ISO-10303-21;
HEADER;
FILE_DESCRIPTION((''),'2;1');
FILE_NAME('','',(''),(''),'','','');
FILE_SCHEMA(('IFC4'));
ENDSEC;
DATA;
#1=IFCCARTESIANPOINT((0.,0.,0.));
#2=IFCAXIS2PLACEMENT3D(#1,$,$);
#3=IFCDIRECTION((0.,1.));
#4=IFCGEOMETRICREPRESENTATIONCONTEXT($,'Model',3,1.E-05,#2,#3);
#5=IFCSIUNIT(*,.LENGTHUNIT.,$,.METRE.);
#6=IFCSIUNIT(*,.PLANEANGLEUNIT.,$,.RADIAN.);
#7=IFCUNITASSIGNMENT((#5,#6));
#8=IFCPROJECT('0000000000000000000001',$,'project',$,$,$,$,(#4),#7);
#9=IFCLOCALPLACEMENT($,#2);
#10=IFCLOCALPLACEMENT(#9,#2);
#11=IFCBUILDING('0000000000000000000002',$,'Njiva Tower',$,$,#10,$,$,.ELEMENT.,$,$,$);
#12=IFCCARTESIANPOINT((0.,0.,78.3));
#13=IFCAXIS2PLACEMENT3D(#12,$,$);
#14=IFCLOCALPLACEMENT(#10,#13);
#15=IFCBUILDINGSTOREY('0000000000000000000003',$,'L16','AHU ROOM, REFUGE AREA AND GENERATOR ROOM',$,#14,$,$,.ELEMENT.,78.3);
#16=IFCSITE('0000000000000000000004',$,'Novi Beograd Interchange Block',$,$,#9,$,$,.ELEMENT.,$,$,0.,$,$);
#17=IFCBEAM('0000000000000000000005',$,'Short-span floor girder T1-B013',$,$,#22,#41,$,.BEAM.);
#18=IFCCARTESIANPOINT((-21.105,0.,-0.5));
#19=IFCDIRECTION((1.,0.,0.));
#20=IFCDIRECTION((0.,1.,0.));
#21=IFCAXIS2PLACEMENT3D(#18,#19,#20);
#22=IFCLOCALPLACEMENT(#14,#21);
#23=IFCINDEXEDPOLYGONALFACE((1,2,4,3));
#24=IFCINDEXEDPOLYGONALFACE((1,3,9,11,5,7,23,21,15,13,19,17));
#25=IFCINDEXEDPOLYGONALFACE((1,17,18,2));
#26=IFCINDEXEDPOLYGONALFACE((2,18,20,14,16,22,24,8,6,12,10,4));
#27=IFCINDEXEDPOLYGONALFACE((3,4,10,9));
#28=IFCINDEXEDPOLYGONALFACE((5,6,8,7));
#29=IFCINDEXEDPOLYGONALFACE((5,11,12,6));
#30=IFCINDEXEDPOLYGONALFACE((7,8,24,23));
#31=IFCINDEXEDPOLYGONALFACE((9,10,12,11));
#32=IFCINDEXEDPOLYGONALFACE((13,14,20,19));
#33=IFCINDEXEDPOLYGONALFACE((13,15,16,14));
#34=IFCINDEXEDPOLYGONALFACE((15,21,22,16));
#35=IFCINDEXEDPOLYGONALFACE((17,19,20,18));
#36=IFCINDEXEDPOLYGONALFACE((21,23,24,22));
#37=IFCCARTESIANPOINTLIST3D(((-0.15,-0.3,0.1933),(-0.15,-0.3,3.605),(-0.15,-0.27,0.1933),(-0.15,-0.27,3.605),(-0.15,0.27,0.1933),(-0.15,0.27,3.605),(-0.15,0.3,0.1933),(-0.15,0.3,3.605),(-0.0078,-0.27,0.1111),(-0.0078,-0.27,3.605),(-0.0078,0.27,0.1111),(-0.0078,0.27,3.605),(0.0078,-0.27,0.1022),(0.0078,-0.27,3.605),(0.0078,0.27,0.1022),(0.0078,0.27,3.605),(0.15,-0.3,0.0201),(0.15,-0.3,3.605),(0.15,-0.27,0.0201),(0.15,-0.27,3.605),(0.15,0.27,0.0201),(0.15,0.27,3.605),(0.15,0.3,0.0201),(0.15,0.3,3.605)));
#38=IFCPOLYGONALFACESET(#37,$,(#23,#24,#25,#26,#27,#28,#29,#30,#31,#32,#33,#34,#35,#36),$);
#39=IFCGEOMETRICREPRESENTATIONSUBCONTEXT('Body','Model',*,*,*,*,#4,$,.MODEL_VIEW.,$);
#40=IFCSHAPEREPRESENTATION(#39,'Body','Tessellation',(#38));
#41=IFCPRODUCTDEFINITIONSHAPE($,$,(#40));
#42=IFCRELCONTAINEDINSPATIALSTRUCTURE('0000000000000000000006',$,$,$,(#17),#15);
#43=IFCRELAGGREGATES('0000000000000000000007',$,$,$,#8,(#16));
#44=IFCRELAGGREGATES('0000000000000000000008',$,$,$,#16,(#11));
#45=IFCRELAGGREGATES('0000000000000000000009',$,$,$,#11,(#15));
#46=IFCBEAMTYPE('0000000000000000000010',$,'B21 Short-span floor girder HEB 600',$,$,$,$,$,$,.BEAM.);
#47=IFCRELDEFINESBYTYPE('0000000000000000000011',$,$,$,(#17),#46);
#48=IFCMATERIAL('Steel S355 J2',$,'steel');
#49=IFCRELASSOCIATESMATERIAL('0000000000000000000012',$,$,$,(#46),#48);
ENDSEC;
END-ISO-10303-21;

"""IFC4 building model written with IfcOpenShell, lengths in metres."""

from ifc_helpers import new_model, si_unit, direction, frame, origin, origin_2d, place, context, subcontext, project, spatial, i_section, extrude, clip, halfspace, material, material_profile, profile_set, type_object, element, save


model = new_model("IFC4")

# Units and contexts
model_context = context("Model", 3, precision=1e-05, world=origin(), true_north=direction((0.0, 1.0)))
body_context = subcontext(model_context, "Body", "Model", "MODEL_VIEW")
ifc_project = project(units=[si_unit("LENGTHUNIT", "METRE"), si_unit("PLANEANGLEUNIT", "RADIAN")], contexts=[model_context])

# Site, building, storey
site_placement = place(None, origin())
site = spatial("IfcSite", under=ifc_project, at=site_placement, Name="Novi Beograd Interchange Block", CompositionType="ELEMENT", RefElevation=0.0)
building_placement = place(site_placement, origin())
building = spatial("IfcBuilding", under=site, at=building_placement, Name="Njiva Tower", CompositionType="ELEMENT")
storey_placement = place(building_placement, frame((0.0, 0.0, 78.3)))
storey = spatial("IfcBuildingStorey", under=building, at=storey_placement, Name="L16", Description="AHU ROOM, REFUGE AREA AND GENERATOR ROOM", CompositionType="ELEMENT", Elevation=78.3)

# Shared definitions
ifc_material_1 = material(Name="Steel S355 J2", Category="steel")

# Beam
ifc_material_profile_1 = material_profile(ifc_material_1, i_section(OverallWidth=0.3, OverallDepth=0.6, WebThickness=0.0155, FlangeThickness=0.03, at=origin_2d()), Name="HEB 600")
ifc_profile_set_1 = profile_set([ifc_material_profile_1], Name="Steel S355 J2")
beam_type_1 = type_object("IfcBeamType", Name="B21 Short-span floor girder HEB 600", PredefinedType="BEAM", material=ifc_profile_set_1)
beam_1_placement = place(storey_placement, frame((-21.105, 0.0, -0.5), z_axis=(1.0, 0.0, 0.0), x_axis=(0.0, 1.0, 0.0)))
element("IfcBeam", 1, at=beam_1_placement, inside=storey, type_object=beam_type_1, Name="Short-span floor girder T1-B013", PredefinedType="BEAM", context=body_context, shape_type="Clipping", body=[
    clip(extrude(i_section(OverallWidth=0.3, OverallDepth=0.6, WebThickness=0.0155, FlangeThickness=0.03, at=origin_2d()), origin(), (0.0, 0.0, 1.0), 3.605), halfspace(frame((-0.025, 0.0, 0.1211), z_axis=(-0.499998, 0.0, -0.866027), x_axis=(0.0, -1.0, 0.0)), False)),
])

save(model, "model.ifc")
